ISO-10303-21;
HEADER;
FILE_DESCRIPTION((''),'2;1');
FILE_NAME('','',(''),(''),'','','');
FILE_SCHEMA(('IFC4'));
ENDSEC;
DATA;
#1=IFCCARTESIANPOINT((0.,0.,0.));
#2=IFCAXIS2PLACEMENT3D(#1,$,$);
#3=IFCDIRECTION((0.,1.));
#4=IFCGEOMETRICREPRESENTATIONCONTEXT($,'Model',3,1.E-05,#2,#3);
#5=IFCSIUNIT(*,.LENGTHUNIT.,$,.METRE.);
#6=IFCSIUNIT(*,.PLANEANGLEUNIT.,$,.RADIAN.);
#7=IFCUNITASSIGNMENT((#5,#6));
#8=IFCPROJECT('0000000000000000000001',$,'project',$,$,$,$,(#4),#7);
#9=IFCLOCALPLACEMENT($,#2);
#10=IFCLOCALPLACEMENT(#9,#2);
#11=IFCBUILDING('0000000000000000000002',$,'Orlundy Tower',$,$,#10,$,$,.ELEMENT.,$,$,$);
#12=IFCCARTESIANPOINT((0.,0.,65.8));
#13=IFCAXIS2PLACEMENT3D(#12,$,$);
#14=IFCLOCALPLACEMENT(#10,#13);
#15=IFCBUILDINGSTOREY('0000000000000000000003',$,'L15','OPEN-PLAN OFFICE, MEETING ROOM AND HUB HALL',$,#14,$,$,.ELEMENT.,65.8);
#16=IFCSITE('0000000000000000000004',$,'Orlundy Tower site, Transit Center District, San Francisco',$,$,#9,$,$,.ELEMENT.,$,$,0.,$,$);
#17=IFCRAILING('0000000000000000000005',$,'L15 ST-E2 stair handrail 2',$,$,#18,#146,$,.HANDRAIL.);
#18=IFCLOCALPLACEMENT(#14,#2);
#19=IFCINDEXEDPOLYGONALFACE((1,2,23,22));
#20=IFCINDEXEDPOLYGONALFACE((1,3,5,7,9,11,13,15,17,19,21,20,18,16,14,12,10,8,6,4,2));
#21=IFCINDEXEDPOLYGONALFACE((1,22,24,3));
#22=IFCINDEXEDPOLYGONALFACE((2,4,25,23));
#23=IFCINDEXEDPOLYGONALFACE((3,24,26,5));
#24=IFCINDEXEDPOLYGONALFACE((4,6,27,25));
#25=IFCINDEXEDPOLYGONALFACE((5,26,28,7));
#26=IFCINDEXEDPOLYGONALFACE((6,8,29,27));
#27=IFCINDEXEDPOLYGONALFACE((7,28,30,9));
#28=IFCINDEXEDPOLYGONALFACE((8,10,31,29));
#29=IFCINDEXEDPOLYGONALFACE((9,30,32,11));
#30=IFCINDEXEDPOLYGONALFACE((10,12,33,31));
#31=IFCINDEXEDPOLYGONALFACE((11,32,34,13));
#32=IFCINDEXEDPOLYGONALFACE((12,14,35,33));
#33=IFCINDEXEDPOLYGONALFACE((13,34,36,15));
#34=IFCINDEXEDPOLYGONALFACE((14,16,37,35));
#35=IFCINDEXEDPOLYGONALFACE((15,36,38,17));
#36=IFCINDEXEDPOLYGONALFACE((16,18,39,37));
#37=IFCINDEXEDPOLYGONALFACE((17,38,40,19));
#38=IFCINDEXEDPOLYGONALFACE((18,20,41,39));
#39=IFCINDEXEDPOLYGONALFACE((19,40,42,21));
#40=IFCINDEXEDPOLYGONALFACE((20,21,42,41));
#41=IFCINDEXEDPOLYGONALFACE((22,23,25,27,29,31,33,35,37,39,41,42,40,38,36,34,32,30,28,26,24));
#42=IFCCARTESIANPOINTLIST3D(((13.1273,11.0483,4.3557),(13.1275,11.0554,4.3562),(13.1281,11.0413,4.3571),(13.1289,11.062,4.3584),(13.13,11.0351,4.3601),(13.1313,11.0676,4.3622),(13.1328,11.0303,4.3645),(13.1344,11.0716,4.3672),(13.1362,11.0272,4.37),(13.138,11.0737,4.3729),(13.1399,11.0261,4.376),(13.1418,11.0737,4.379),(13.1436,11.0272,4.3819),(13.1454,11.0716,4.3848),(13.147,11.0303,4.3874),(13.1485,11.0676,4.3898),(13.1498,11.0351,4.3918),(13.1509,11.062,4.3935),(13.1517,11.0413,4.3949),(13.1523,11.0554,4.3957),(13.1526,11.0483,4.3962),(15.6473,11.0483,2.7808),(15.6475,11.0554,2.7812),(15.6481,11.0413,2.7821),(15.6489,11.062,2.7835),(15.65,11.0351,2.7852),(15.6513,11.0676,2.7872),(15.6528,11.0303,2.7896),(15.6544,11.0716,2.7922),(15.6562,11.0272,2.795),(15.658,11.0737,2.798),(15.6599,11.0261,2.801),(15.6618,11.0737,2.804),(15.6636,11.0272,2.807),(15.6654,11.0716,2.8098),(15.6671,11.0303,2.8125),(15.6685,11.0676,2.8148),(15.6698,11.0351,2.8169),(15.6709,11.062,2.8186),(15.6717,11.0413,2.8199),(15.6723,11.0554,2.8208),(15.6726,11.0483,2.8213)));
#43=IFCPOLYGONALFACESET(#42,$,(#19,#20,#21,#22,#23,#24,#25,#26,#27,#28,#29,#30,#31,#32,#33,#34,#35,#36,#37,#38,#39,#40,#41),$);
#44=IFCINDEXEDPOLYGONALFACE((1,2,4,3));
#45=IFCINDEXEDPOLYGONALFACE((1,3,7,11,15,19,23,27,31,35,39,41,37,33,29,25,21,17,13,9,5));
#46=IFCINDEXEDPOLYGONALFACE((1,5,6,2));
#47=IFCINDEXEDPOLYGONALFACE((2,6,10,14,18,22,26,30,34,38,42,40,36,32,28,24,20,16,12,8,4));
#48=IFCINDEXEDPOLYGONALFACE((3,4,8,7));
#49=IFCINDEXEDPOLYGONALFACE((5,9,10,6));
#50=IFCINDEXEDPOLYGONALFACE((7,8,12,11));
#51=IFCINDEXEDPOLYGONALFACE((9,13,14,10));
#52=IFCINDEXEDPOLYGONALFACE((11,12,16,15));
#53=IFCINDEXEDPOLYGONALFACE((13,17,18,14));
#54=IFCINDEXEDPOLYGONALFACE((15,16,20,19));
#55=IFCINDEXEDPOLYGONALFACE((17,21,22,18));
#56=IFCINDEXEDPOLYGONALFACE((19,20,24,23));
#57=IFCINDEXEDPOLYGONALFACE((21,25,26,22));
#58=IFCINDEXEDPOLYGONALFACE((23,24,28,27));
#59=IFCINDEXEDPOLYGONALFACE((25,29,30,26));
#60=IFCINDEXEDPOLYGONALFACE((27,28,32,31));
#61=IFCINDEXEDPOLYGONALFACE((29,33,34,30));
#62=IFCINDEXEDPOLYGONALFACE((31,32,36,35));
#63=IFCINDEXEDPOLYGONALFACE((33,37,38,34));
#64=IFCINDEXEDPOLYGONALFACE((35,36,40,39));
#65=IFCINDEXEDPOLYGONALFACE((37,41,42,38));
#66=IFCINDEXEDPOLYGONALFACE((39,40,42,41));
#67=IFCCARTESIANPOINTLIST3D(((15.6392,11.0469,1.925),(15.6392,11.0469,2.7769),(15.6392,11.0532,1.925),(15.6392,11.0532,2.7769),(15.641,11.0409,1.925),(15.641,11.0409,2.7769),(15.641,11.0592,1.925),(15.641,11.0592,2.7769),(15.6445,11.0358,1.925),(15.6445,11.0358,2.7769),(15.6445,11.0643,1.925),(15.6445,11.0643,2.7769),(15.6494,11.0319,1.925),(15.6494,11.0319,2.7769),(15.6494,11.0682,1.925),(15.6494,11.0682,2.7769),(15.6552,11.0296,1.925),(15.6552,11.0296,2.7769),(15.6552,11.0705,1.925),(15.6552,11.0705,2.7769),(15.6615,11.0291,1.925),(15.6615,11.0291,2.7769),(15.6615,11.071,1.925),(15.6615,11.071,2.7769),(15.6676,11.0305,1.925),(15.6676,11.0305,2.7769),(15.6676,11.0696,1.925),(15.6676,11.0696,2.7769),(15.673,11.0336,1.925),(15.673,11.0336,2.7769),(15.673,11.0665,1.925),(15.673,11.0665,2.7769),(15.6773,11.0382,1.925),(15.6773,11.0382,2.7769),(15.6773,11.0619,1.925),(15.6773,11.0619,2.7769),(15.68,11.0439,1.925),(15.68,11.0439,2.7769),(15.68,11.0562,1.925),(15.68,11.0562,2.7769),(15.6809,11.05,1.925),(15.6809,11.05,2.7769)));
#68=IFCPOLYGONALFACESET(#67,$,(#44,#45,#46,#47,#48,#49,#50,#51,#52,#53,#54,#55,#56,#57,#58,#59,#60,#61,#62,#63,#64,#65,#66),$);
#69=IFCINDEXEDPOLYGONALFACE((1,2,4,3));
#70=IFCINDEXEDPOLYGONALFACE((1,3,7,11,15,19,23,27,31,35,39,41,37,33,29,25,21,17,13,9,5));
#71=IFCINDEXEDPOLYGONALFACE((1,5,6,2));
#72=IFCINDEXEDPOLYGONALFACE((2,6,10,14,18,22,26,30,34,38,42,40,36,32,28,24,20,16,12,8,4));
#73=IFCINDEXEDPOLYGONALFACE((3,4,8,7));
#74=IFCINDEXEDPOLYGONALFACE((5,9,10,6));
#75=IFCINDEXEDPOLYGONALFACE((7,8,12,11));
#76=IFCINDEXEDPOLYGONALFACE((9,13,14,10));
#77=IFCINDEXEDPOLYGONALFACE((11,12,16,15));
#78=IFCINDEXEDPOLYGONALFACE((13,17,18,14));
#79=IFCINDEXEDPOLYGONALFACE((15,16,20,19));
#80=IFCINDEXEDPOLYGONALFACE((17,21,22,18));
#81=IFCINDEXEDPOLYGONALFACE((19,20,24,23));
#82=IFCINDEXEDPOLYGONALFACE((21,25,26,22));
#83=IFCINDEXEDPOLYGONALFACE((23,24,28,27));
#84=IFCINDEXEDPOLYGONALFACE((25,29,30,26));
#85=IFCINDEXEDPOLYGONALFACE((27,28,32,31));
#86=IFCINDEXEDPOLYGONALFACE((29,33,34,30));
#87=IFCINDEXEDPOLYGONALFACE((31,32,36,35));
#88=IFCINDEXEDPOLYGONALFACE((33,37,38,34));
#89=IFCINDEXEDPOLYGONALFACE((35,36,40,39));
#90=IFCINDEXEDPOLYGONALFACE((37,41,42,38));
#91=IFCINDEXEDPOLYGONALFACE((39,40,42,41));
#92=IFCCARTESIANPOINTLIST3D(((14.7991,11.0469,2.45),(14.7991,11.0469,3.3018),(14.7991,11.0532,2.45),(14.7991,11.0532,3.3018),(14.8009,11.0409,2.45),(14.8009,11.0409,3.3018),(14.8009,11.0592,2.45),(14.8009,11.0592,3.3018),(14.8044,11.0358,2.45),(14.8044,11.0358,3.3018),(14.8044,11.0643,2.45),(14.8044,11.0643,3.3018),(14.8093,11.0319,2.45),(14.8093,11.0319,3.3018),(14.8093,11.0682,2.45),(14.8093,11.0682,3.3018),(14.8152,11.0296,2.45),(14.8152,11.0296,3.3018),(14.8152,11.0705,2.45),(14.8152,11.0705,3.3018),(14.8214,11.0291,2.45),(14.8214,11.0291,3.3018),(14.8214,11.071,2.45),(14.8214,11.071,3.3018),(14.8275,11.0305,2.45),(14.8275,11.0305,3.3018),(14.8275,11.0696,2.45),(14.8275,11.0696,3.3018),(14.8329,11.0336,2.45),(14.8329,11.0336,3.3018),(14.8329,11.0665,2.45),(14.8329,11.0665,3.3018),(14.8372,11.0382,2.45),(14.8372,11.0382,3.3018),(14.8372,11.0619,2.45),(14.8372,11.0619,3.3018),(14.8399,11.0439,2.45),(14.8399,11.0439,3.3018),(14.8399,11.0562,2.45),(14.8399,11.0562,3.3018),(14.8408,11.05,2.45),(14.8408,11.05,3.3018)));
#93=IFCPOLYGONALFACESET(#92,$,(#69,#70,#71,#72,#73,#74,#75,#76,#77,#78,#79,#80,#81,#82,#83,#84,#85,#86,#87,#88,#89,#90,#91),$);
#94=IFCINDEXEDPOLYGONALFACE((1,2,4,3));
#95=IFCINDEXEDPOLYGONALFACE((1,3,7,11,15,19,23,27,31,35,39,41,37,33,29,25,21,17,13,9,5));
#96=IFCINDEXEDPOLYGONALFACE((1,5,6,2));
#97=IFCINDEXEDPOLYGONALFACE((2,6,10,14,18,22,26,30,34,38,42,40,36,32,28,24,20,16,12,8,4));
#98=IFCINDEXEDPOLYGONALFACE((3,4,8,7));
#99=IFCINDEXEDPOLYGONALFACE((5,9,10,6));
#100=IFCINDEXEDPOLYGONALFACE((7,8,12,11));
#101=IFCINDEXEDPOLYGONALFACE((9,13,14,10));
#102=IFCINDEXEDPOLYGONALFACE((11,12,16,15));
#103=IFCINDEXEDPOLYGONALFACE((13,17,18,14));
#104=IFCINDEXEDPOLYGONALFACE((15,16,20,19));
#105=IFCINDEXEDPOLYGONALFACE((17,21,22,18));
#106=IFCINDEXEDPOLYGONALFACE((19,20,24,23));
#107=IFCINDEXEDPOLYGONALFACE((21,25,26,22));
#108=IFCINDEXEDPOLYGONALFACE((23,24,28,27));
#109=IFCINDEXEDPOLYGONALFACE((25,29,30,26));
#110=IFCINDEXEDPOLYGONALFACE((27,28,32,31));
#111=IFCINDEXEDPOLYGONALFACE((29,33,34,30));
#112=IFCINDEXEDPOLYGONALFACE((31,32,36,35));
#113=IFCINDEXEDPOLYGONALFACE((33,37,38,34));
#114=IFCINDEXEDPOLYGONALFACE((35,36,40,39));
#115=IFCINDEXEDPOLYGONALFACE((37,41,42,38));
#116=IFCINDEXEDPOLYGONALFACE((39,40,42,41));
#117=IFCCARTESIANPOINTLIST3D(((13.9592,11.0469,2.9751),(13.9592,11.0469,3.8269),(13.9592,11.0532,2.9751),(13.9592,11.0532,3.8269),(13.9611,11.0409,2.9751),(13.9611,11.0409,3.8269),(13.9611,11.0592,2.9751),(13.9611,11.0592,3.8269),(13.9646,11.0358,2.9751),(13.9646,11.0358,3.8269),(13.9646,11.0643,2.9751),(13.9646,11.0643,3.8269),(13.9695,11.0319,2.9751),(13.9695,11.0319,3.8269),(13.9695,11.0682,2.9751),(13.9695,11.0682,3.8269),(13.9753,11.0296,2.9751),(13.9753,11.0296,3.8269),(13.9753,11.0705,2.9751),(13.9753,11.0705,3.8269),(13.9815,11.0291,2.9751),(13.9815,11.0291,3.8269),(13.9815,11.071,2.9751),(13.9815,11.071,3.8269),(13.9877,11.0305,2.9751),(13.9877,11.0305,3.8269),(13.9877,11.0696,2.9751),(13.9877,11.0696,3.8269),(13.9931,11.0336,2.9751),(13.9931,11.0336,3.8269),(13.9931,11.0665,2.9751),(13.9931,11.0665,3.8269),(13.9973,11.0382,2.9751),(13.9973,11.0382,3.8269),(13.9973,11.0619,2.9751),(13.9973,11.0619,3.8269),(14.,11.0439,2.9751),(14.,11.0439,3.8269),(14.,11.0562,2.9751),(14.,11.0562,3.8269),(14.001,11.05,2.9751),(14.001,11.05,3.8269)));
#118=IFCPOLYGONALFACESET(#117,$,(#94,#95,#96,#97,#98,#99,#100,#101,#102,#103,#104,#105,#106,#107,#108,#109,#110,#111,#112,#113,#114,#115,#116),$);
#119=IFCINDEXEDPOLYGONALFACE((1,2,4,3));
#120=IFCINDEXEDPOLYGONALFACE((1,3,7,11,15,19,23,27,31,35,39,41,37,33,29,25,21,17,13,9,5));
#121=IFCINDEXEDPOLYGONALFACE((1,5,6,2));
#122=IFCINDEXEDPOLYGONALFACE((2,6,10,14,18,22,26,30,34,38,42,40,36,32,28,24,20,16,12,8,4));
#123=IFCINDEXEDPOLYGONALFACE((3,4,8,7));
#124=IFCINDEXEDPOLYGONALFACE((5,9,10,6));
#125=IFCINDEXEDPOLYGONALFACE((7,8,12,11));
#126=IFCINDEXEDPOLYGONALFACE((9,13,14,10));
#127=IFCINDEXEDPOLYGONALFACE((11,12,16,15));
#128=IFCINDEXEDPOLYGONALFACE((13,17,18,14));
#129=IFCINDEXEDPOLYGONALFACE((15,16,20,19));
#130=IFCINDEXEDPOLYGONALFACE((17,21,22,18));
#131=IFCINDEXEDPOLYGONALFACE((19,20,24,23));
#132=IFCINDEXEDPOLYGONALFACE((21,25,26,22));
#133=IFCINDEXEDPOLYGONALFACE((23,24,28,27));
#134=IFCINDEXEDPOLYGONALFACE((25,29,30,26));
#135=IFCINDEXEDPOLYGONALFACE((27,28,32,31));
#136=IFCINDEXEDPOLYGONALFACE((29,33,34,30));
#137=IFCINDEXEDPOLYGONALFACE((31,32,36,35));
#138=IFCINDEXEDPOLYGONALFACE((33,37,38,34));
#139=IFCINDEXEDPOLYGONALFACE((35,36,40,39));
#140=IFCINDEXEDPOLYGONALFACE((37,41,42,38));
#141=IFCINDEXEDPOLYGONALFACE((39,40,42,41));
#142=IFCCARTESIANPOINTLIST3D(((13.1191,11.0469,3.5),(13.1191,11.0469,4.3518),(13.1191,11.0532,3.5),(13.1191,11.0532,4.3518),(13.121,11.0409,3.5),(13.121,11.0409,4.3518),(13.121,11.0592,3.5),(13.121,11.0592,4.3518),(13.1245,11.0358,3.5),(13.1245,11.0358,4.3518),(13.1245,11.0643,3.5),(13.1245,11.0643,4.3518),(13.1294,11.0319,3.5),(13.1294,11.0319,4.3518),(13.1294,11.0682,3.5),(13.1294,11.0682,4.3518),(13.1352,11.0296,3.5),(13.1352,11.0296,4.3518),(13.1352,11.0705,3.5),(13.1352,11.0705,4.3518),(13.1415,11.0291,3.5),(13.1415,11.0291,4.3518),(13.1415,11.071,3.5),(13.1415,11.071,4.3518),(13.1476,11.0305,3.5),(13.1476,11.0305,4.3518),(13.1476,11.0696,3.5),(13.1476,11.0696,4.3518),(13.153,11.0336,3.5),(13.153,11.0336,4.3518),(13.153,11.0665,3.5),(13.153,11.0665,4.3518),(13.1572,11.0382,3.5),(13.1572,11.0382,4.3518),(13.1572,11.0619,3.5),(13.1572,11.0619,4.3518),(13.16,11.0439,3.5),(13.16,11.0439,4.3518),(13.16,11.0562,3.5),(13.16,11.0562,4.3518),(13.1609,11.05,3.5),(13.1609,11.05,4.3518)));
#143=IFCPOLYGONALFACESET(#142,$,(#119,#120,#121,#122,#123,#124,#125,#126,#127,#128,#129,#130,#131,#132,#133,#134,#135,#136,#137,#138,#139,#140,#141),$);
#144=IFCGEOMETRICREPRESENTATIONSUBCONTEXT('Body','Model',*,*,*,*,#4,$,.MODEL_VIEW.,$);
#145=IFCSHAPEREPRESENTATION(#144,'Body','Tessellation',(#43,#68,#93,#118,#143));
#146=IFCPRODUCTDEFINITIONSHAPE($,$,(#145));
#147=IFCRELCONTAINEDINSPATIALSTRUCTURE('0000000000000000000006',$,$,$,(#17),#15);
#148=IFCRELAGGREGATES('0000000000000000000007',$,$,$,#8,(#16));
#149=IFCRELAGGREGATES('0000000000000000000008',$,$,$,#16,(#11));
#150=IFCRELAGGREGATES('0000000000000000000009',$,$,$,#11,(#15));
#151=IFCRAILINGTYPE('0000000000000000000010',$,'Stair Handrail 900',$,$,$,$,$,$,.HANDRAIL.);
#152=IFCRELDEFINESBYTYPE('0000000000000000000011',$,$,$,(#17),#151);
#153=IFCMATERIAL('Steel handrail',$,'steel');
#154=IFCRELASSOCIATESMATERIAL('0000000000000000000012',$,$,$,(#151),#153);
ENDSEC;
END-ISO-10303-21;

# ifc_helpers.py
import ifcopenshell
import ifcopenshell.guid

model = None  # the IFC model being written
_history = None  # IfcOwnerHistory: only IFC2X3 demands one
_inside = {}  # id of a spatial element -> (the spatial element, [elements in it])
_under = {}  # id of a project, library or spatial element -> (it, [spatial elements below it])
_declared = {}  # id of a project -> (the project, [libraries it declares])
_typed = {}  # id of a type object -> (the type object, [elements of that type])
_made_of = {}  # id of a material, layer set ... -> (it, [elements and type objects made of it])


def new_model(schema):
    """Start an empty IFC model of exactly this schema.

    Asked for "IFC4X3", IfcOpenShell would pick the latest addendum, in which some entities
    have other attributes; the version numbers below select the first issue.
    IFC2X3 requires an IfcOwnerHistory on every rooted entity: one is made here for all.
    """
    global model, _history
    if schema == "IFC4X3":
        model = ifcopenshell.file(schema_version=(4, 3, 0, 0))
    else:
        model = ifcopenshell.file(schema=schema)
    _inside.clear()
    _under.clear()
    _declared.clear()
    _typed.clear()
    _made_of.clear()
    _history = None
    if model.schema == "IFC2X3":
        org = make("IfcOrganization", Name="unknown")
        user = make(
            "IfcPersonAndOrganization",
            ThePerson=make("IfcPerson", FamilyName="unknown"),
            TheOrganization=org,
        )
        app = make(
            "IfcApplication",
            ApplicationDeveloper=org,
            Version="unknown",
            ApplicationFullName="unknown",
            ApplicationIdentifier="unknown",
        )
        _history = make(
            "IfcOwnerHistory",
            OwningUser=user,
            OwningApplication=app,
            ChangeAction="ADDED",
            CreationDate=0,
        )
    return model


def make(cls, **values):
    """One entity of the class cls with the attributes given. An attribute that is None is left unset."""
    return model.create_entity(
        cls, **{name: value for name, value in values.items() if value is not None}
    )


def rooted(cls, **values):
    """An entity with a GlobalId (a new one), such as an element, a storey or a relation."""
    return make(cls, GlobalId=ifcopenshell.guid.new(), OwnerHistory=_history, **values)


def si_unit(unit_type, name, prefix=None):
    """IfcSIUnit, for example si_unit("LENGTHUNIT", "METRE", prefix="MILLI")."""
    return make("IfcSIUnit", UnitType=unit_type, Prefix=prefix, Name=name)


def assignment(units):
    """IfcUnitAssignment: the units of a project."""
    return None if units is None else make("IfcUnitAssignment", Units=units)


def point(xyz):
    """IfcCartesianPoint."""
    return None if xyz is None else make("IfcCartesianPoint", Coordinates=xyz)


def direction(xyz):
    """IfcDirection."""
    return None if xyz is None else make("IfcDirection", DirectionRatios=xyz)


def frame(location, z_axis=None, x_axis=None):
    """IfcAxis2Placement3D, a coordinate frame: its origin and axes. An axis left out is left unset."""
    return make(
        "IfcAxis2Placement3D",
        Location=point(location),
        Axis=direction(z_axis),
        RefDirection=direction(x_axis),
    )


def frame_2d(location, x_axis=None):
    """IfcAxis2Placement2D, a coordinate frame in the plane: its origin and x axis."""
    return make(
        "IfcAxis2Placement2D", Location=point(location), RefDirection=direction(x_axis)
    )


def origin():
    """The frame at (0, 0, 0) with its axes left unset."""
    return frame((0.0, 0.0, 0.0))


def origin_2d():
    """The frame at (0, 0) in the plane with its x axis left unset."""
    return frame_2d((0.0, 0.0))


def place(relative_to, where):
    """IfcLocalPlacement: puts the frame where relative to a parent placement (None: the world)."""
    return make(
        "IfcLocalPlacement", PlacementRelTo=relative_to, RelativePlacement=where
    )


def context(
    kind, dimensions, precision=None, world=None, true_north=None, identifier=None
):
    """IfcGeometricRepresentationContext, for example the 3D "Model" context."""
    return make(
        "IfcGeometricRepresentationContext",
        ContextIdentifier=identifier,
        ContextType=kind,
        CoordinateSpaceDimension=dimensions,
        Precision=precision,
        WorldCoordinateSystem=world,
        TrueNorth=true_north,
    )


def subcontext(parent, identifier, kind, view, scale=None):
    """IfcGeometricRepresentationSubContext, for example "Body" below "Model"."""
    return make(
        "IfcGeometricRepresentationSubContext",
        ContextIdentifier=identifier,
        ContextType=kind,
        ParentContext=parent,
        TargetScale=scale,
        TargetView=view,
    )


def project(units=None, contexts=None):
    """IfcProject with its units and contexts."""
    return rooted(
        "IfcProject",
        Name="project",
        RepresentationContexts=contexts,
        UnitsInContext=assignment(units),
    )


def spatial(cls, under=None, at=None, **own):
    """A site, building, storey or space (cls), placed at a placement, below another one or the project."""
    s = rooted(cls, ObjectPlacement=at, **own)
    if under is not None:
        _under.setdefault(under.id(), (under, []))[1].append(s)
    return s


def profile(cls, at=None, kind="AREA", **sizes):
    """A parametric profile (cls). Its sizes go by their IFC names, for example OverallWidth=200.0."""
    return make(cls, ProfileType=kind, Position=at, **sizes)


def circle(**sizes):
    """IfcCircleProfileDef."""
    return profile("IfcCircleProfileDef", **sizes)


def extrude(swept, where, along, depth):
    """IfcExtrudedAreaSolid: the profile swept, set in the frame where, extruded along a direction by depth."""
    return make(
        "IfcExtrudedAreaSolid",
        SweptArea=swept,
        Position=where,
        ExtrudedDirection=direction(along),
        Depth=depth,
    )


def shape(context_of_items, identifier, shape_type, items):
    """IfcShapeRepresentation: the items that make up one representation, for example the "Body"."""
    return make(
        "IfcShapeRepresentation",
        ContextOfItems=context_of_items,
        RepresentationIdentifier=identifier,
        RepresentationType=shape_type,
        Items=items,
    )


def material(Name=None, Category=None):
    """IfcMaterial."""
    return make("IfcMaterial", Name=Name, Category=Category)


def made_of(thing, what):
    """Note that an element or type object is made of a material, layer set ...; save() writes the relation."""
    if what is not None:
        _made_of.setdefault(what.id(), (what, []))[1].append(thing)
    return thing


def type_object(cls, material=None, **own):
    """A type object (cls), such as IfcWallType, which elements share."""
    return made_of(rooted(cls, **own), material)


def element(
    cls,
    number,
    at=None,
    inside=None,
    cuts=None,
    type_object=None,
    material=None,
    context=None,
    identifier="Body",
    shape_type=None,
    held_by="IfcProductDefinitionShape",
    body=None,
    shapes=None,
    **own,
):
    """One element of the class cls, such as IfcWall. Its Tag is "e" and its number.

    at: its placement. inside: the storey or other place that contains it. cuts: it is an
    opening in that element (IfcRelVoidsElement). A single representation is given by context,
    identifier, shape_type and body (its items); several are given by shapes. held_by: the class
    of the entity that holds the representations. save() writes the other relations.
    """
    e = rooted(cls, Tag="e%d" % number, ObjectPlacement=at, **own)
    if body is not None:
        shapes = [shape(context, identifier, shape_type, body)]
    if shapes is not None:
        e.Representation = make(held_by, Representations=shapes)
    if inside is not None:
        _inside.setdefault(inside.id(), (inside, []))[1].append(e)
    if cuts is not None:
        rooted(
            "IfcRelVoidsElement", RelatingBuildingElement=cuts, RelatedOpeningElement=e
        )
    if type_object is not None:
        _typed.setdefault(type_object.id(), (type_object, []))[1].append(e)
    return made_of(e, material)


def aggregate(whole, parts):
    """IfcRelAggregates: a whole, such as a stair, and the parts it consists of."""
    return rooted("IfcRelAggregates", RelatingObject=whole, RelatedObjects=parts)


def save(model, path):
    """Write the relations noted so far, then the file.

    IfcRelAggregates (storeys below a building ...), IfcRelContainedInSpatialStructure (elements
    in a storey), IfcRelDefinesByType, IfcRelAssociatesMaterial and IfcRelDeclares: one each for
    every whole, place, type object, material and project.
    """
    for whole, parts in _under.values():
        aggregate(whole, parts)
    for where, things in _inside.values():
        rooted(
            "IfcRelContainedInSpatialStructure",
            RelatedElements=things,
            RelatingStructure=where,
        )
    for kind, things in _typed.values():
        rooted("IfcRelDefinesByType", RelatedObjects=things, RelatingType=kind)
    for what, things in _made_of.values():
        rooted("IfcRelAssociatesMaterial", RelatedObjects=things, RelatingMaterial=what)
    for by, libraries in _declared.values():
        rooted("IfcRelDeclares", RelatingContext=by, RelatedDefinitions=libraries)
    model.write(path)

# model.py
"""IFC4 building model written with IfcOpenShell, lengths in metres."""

from ifc_helpers import new_model, si_unit, direction, frame, origin, origin_2d, place, context, subcontext, project, spatial, circle, extrude, material, type_object, element, save


model = new_model("IFC4")

# Units and contexts
model_context = context("Model", 3, precision=1e-05, world=origin(), true_north=direction((0.0, 1.0)))
body_context = subcontext(model_context, "Body", "Model", "MODEL_VIEW")
ifc_project = project(units=[si_unit("LENGTHUNIT", "METRE"), si_unit("PLANEANGLEUNIT", "RADIAN")], contexts=[model_context])

# Site, building, storey
site_placement = place(None, origin())
site = spatial("IfcSite", under=ifc_project, at=site_placement, Name="Orlundy Tower site, Transit Center District, San Francisco", CompositionType="ELEMENT", RefElevation=0.0)
building_placement = place(site_placement, origin())
building = spatial("IfcBuilding", under=site, at=building_placement, Name="Orlundy Tower", CompositionType="ELEMENT")
storey_placement = place(building_placement, frame((0.0, 0.0, 65.8)))
storey = spatial("IfcBuildingStorey", under=building, at=storey_placement, Name="L15", Description="OPEN-PLAN OFFICE, MEETING ROOM AND HUB HALL", CompositionType="ELEMENT", Elevation=65.8)

# Railing
ifc_material_1 = material(Name="Steel handrail", Category="steel")
railing_type_1 = type_object("IfcRailingType", Name="Stair Handrail 900", PredefinedType="HANDRAIL", material=ifc_material_1)
railing_1_placement = place(storey_placement, frame((15.6599, 11.05, 1.925)))
element("IfcRailing", 1, at=railing_1_placement, inside=storey, type_object=railing_type_1, Name="L15 ST-E2 stair handrail 2", PredefinedType="HANDRAIL", context=body_context, shape_type="SweptSolid", body=[
    extrude(circle(Radius=0.0239, at=origin_2d()), frame((0.0, 0.0, 0.876), z_axis=(-0.848008, 0.0, 0.529984), x_axis=(0.0, -1.0, 0.0)), (0.0, 0.0, 1.0), 2.9717),
    extrude(circle(Radius=0.021, at=origin_2d()), origin(), (0.0, 0.0, 1.0), 0.8518),
    extrude(circle(Radius=0.021, at=origin_2d()), frame((-0.8401, 0.0, 0.5249)), (0.0, 0.0, 1.0), 0.8518),
    extrude(circle(Radius=0.021, at=origin_2d()), frame((-1.6799, 0.0, 1.05)), (0.0, 0.0, 1.0), 0.8518),
    extrude(circle(Radius=0.021, at=origin_2d()), frame((-2.52, 0.0, 1.575)), (0.0, 0.0, 1.0), 0.8518),
])

save(model, "model.ifc")
